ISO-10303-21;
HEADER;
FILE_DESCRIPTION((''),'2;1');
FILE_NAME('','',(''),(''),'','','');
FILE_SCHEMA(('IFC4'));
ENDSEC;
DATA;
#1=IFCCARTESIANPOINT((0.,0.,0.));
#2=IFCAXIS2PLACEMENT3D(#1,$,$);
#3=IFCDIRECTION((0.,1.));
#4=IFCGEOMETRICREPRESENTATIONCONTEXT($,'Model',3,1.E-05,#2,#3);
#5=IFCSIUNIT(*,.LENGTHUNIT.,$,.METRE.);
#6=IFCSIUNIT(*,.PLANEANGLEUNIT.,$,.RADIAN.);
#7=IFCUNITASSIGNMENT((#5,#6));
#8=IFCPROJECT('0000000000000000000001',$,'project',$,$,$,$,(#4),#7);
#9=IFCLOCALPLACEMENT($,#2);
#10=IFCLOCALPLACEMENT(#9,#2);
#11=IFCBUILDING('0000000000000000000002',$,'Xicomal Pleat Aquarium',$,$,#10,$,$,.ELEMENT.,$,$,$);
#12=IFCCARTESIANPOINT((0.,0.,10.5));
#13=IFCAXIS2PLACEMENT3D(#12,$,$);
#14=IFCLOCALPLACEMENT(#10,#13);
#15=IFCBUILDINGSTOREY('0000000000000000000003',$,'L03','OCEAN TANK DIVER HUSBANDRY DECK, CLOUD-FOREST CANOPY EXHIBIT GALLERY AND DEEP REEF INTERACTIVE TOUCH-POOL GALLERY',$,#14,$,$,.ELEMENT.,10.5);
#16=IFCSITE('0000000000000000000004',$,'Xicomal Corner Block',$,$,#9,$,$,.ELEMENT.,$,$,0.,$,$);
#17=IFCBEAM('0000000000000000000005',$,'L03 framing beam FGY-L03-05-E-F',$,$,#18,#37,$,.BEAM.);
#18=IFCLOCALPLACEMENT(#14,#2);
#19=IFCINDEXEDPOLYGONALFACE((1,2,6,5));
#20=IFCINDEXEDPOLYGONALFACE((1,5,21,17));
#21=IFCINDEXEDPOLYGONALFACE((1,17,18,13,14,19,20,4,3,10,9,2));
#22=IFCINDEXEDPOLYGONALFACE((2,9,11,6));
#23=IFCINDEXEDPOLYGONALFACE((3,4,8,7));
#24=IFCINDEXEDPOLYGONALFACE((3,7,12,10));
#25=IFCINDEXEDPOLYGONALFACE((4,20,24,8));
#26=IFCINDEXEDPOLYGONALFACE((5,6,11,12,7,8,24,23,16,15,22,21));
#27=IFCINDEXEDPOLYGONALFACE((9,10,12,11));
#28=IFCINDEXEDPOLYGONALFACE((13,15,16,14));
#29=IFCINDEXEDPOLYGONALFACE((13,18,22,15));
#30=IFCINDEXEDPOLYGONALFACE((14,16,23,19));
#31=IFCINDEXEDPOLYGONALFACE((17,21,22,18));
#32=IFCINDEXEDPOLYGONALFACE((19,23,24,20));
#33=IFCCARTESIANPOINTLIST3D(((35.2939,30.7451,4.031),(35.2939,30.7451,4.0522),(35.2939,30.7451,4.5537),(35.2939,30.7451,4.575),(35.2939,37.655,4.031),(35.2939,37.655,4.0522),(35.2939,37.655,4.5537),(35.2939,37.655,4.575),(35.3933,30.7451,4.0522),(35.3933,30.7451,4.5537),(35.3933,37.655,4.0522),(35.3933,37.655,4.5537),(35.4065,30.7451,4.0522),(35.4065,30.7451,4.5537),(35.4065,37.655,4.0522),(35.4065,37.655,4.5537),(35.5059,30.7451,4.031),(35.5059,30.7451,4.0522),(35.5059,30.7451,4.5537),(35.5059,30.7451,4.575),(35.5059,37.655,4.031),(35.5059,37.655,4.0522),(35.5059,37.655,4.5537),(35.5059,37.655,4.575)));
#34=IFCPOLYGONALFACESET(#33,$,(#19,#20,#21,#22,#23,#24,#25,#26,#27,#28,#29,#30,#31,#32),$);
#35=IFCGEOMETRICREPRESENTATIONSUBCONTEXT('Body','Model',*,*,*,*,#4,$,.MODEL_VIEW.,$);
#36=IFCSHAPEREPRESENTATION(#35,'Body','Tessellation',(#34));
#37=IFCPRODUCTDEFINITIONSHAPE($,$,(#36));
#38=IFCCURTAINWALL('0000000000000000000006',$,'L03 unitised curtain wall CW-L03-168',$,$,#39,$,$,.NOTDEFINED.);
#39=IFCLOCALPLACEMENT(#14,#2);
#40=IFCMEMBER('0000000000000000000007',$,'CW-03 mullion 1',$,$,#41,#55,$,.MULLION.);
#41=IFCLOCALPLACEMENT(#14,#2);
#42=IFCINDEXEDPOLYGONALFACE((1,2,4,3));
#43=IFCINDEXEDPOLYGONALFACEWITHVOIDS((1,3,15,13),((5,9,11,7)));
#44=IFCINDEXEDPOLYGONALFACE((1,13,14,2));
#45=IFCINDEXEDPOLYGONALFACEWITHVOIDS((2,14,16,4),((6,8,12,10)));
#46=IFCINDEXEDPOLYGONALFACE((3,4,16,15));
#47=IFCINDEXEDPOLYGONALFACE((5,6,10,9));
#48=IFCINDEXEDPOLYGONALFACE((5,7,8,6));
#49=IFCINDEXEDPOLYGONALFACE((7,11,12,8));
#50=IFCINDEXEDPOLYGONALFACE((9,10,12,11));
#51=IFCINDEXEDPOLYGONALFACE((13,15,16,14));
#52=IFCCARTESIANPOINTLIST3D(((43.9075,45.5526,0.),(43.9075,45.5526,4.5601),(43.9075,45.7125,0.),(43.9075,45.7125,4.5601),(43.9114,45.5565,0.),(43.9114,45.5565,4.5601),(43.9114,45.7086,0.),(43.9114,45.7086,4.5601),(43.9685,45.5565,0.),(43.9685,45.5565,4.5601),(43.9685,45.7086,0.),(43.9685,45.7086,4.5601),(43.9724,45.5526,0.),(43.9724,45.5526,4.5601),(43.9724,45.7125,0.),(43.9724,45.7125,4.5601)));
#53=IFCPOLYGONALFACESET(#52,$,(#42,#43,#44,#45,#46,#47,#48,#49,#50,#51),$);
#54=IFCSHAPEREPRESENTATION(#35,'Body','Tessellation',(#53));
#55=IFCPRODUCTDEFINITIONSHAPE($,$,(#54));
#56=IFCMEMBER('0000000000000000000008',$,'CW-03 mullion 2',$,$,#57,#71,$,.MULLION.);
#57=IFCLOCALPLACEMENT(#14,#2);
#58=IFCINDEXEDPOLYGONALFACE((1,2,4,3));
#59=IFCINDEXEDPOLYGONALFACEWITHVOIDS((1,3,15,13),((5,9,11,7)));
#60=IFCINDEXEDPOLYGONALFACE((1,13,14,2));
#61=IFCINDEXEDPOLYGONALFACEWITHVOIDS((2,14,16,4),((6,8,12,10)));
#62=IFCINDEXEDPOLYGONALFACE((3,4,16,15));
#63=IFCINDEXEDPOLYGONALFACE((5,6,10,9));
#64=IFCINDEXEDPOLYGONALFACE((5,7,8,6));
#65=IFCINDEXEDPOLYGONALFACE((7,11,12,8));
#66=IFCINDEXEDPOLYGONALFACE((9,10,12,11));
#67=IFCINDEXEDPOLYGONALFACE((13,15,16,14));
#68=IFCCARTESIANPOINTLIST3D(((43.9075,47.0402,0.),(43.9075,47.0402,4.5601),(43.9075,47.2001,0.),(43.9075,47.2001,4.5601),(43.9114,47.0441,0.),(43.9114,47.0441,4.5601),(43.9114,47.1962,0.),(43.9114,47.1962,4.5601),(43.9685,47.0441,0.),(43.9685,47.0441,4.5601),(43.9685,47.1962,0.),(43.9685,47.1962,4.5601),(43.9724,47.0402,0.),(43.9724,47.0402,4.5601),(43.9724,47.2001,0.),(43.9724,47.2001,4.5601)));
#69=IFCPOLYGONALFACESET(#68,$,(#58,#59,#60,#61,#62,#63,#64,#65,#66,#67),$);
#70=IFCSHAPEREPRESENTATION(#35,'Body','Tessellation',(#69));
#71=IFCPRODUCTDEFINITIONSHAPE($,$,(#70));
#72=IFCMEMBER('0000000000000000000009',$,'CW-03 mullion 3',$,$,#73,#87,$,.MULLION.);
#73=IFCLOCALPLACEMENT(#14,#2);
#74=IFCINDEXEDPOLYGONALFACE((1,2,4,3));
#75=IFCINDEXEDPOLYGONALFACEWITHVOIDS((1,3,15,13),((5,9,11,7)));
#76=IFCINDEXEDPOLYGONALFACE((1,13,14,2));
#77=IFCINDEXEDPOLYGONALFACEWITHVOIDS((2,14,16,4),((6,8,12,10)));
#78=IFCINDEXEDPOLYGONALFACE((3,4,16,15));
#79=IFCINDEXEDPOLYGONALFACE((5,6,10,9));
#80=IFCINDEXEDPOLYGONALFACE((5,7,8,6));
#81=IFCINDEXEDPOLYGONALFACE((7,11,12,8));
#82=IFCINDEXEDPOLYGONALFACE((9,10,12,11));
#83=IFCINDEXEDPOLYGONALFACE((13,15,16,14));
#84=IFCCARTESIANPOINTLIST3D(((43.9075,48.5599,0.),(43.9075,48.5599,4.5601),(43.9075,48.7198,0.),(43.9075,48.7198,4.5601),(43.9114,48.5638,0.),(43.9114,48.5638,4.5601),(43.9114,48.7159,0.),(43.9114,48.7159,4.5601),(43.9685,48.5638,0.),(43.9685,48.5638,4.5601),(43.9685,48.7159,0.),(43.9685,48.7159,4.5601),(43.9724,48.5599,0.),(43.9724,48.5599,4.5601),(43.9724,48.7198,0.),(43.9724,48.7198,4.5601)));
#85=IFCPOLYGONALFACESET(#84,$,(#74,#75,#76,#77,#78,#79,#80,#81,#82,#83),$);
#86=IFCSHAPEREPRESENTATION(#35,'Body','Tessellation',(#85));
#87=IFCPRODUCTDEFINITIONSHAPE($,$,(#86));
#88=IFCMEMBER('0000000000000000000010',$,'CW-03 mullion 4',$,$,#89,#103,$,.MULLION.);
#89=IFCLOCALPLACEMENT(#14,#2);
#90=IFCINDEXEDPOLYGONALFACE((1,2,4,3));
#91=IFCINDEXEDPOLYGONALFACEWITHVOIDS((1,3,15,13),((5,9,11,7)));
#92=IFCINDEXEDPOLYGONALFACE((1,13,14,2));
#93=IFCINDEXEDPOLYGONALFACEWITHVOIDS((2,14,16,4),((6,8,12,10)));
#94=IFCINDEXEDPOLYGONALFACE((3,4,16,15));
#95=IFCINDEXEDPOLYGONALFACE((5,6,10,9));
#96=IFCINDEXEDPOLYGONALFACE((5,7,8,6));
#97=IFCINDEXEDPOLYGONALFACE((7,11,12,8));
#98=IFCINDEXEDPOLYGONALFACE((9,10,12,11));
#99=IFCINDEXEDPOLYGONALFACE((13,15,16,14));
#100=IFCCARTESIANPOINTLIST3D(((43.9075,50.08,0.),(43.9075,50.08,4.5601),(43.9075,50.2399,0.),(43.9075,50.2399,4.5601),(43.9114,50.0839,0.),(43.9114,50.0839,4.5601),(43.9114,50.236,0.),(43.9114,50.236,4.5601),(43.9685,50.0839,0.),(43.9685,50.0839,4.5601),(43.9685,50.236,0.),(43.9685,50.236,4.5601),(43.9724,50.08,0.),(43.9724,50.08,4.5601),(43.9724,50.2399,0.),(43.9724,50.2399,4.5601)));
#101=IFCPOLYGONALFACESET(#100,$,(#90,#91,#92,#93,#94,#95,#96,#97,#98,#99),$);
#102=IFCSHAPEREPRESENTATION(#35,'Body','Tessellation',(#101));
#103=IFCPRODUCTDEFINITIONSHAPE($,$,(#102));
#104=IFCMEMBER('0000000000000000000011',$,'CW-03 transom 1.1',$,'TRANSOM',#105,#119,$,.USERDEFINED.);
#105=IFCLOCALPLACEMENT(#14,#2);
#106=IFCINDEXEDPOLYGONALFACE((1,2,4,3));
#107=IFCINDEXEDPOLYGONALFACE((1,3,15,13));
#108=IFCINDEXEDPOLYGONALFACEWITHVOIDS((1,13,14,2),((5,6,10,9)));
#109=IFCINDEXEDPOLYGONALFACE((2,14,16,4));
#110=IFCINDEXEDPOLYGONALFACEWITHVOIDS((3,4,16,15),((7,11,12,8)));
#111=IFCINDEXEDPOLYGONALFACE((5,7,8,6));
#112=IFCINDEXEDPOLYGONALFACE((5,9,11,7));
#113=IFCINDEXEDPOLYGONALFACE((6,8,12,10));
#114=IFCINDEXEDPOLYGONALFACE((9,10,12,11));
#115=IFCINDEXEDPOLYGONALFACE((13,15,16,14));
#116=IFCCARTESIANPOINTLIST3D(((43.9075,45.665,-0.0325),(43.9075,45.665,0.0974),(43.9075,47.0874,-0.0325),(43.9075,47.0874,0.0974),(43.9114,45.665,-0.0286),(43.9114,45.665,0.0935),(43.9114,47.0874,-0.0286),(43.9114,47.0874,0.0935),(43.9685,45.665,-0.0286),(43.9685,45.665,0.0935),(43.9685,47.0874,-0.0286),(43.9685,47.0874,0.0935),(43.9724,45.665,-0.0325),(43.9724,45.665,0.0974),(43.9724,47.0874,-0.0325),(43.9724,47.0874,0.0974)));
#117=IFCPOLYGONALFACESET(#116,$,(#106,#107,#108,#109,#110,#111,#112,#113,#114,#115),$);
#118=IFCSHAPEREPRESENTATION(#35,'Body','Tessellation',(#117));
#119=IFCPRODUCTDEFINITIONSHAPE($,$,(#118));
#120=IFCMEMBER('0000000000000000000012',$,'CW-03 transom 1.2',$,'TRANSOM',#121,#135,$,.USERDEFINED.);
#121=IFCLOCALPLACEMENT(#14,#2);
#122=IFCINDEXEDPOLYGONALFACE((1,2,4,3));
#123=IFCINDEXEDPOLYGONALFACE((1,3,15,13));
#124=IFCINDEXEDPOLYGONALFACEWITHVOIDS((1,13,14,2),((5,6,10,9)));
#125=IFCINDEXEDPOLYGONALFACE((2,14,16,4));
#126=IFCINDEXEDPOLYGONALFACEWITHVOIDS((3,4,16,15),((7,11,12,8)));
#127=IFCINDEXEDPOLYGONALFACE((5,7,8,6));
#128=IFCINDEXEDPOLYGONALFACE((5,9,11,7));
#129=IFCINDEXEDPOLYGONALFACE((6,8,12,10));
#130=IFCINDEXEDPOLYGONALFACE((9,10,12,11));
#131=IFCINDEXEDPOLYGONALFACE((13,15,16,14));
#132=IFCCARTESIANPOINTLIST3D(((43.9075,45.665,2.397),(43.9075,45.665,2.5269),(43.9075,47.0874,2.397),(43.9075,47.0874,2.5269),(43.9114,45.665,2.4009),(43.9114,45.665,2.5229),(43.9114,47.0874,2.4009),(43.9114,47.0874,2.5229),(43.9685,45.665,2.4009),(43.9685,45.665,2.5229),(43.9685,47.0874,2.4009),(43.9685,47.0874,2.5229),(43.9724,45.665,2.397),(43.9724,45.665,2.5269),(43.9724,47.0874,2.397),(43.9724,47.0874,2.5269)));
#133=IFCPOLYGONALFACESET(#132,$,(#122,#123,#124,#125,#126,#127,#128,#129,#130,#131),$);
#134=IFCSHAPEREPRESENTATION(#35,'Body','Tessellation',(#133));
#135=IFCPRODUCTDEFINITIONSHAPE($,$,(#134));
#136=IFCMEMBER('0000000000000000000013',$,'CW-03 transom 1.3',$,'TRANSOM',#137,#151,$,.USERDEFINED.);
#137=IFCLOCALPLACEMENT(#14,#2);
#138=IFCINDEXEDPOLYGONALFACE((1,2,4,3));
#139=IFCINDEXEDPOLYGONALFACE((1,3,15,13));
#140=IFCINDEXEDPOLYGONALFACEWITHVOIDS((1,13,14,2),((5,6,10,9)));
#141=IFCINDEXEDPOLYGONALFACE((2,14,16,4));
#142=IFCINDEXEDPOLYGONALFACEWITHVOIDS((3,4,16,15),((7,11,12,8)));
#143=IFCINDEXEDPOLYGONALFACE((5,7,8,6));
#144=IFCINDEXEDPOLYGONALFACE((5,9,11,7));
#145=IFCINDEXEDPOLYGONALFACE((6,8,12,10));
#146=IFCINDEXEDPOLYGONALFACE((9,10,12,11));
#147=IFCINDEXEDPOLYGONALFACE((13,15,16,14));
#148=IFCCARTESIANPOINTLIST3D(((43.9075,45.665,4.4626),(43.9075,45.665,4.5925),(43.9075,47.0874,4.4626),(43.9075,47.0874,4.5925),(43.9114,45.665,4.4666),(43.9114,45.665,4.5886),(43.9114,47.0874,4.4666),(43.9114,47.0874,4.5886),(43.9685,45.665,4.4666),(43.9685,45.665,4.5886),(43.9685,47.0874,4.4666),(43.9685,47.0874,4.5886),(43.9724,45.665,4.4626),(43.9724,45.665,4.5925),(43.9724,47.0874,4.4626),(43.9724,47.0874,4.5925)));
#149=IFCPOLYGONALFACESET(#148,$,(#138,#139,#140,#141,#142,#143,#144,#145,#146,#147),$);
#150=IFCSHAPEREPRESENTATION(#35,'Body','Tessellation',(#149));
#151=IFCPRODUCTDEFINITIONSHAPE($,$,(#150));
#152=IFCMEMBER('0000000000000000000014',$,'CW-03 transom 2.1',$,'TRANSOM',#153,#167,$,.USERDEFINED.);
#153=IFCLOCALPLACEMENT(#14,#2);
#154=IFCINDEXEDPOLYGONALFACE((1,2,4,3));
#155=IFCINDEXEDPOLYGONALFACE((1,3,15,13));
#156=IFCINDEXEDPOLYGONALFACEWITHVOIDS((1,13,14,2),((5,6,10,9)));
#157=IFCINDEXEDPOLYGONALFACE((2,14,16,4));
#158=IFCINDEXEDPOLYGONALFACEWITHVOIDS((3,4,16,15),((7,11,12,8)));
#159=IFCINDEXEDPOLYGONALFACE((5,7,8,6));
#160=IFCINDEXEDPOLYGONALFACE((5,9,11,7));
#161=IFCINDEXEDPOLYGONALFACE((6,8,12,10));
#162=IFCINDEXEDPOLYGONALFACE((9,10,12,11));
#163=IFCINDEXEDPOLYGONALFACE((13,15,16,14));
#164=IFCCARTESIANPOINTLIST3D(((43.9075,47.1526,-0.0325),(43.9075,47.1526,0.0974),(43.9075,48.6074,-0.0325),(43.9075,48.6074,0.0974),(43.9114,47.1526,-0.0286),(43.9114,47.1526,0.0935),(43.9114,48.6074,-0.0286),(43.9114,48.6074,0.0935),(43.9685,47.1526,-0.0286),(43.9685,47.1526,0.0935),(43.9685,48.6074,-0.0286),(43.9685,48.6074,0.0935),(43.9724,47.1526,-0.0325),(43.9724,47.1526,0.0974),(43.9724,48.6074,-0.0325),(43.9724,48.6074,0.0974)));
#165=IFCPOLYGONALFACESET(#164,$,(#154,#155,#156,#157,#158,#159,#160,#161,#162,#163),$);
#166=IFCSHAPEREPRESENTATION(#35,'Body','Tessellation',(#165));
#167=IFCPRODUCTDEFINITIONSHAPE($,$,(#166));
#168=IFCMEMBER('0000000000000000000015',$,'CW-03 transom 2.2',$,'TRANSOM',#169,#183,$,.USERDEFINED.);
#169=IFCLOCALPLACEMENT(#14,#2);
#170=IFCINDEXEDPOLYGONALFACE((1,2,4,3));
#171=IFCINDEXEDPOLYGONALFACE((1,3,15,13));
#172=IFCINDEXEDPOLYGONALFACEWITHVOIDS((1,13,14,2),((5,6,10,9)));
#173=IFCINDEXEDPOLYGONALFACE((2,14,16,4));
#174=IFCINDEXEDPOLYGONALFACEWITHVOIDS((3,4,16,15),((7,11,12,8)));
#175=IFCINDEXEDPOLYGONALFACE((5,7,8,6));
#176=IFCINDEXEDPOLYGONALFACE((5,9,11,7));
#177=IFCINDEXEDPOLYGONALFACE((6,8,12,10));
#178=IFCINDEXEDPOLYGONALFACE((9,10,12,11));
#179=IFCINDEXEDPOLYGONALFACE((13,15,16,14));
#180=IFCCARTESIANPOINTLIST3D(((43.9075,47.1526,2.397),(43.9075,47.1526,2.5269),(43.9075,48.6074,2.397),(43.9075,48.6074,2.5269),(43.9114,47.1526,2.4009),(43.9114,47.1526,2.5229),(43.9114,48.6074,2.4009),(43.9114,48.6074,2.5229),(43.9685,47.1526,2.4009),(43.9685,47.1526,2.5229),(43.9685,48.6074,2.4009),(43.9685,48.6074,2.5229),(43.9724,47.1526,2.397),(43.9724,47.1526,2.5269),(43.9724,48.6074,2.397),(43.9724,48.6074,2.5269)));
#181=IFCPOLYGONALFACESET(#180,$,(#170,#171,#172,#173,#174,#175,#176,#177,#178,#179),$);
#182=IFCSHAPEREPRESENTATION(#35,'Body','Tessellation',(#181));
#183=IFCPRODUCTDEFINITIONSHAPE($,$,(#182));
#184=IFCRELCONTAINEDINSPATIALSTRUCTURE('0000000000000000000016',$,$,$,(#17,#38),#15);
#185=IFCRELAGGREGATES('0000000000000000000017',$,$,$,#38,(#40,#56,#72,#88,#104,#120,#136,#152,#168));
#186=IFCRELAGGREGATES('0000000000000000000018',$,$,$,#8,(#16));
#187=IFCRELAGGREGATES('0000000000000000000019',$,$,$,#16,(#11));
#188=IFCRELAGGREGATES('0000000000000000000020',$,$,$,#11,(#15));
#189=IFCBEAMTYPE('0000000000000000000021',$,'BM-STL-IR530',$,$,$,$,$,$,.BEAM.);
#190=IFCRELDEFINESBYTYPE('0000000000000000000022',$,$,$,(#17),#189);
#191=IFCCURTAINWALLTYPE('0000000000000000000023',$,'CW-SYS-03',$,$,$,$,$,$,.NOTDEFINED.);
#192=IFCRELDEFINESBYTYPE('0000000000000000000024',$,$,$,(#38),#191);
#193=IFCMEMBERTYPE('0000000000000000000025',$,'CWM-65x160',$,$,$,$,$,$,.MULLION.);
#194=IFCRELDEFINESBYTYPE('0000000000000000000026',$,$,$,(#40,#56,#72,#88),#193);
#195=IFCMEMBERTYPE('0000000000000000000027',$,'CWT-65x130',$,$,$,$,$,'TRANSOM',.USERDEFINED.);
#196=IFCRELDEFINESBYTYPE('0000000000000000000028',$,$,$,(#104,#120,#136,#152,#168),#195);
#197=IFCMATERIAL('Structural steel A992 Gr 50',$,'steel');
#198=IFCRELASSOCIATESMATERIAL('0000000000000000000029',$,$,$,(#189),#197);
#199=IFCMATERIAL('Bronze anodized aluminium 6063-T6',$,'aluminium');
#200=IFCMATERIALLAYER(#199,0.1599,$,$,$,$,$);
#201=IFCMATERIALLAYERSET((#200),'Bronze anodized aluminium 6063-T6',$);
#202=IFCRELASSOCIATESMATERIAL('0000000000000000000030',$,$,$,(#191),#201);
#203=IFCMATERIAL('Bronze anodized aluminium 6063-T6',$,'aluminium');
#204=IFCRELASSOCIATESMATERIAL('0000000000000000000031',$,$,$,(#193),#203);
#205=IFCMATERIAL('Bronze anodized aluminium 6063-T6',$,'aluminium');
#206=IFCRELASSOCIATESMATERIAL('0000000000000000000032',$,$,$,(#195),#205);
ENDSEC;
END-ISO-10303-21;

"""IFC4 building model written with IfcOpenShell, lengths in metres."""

from ifc_helpers import new_model, si_unit, direction, frame, origin, origin_2d, place, context, subcontext, project, spatial, hollow_rectangle, i_section, extrude, material, layer, layer_set, material_profile, profile_set, type_object, element, aggregate, save


model = new_model("IFC4")

# Units and contexts
model_context = context("Model", 3, precision=1e-05, world=origin(), true_north=direction((0.0, 1.0)))
body_context = subcontext(model_context, "Body", "Model", "MODEL_VIEW")
ifc_project = project(units=[si_unit("LENGTHUNIT", "METRE"), si_unit("PLANEANGLEUNIT", "RADIAN")], contexts=[model_context])

# Site, building, storey
site_placement = place(None, origin())
site = spatial("IfcSite", under=ifc_project, at=site_placement, Name="Xicomal Corner Block", CompositionType="ELEMENT", RefElevation=0.0)
building_placement = place(site_placement, origin())
building = spatial("IfcBuilding", under=site, at=building_placement, Name="Xicomal Pleat Aquarium", CompositionType="ELEMENT")
storey_placement = place(building_placement, frame((0.0, 0.0, 10.5)))
storey = spatial("IfcBuildingStorey", under=building, at=storey_placement, Name="L03", Description="OCEAN TANK DIVER HUSBANDRY DECK, CLOUD-FOREST CANOPY EXHIBIT GALLERY AND DEEP REEF INTERACTIVE TOUCH-POOL GALLERY", CompositionType="ELEMENT", Elevation=10.5)

# Beam
ifc_material_1 = material(Name="Structural steel A992 Gr 50", Category="steel")
ifc_material_profile_1 = material_profile(ifc_material_1, i_section(OverallWidth=0.2119, OverallDepth=0.5439, WebThickness=0.0132, FlangeThickness=0.0212, at=origin_2d()), Name="IR 530x123")
ifc_profile_set_1 = profile_set([ifc_material_profile_1], Name="Structural steel A992 Gr 50")
beam_type = type_object("IfcBeamType", Name="BM-STL-IR530", PredefinedType="BEAM", material=ifc_profile_set_1)
beam_placement = place(storey_placement, frame((35.3999, 30.7451, 4.303), z_axis=(0.0, 1.0, 0.0), x_axis=(-1.0, 0.0, 0.0)))
element("IfcBeam", 1, at=beam_placement, inside=storey, type_object=beam_type, Name="L03 framing beam FGY-L03-05-E-F", PredefinedType="BEAM", context=body_context, shape_type="SweptSolid", body=[
    extrude(i_section(OverallWidth=0.2119, OverallDepth=0.5439, WebThickness=0.0132, FlangeThickness=0.0212, at=origin_2d()), origin(), (0.0, 0.0, 1.0), 6.9099),
])

# Curtain wall, members
ifc_material_2 = material(Name="Bronze anodized aluminium 6063-T6", Category="aluminium")
ifc_layer_1 = layer(ifc_material_2, 0.1599)
ifc_layer_set_1 = layer_set([ifc_layer_1], Name="Bronze anodized aluminium 6063-T6")
curtain_wall_type = type_object("IfcCurtainWallType", Name="CW-SYS-03", PredefinedType="NOTDEFINED", material=ifc_layer_set_1)
curtain_wall_placement = place(storey_placement, origin())
curtain_wall = element("IfcCurtainWall", 2, at=curtain_wall_placement, inside=storey, type_object=curtain_wall_type, Name="L03 unitised curtain wall CW-L03-168", PredefinedType="NOTDEFINED")
ifc_material_3 = material(Name="Bronze anodized aluminium 6063-T6", Category="aluminium")
ifc_material_profile_2 = material_profile(ifc_material_3, hollow_rectangle(XDim=0.0649, YDim=0.1599, WallThickness=0.0039, at=origin_2d()), Name="ALU MULL 65x160")
ifc_profile_set_2 = profile_set([ifc_material_profile_2], Name="Bronze anodized aluminium 6063-T6")
member_type_1 = type_object("IfcMemberType", Name="CWM-65x160", PredefinedType="MULLION", material=ifc_profile_set_2)
member_1_placement = place(storey_placement, frame((43.9399, 45.6326, 0.0), z_axis=(0.0, 0.0, 1.0), x_axis=(-1.0, 0.0, 0.0)))
member_1 = element("IfcMember", 3, at=member_1_placement, type_object=member_type_1, Name="CW-03 mullion 1", PredefinedType="MULLION", context=body_context, shape_type="SweptSolid", body=[
    extrude(hollow_rectangle(XDim=0.0649, YDim=0.1599, WallThickness=0.0039, at=origin_2d()), origin(), (0.0, 0.0, 1.0), 4.5601),
])
member_2_placement = place(storey_placement, frame((43.9399, 47.1201, 0.0), z_axis=(0.0, 0.0, 1.0), x_axis=(-1.0, 0.0, 0.0)))
member_2 = element("IfcMember", 4, at=member_2_placement, type_object=member_type_1, Name="CW-03 mullion 2", PredefinedType="MULLION", context=body_context, shape_type="SweptSolid", body=[
    extrude(hollow_rectangle(XDim=0.0649, YDim=0.1599, WallThickness=0.0039, at=origin_2d()), origin(), (0.0, 0.0, 1.0), 4.5601),
])
member_3_placement = place(storey_placement, frame((43.9399, 48.6399, 0.0), z_axis=(0.0, 0.0, 1.0), x_axis=(-1.0, 0.0, 0.0)))
member_3 = element("IfcMember", 5, at=member_3_placement, type_object=member_type_1, Name="CW-03 mullion 3", PredefinedType="MULLION", context=body_context, shape_type="SweptSolid", body=[
    extrude(hollow_rectangle(XDim=0.0649, YDim=0.1599, WallThickness=0.0039, at=origin_2d()), origin(), (0.0, 0.0, 1.0), 4.5601),
])
member_4_placement = place(storey_placement, frame((43.9399, 50.1599, 0.0), z_axis=(0.0, 0.0, 1.0), x_axis=(-1.0, 0.0, 0.0)))
member_4 = element("IfcMember", 6, at=member_4_placement, type_object=member_type_1, Name="CW-03 mullion 4", PredefinedType="MULLION", context=body_context, shape_type="SweptSolid", body=[
    extrude(hollow_rectangle(XDim=0.0649, YDim=0.1599, WallThickness=0.0039, at=origin_2d()), origin(), (0.0, 0.0, 1.0), 4.5601),
])
ifc_material_4 = material(Name="Bronze anodized aluminium 6063-T6", Category="aluminium")
ifc_material_profile_3 = material_profile(ifc_material_4, hollow_rectangle(XDim=0.0649, YDim=0.1299, WallThickness=0.0039, at=origin_2d()), Name="ALU TRAN 65x130")
ifc_profile_set_3 = profile_set([ifc_material_profile_3], Name="Bronze anodized aluminium 6063-T6")
member_type_2 = type_object("IfcMemberType", Name="CWT-65x130", ElementType="TRANSOM", PredefinedType="USERDEFINED", material=ifc_profile_set_3)
member_5_placement = place(storey_placement, frame((43.9399, 45.665, 0.0325), z_axis=(0.0, 1.0, 0.0), x_axis=(-1.0, 0.0, 0.0)))
member_5 = element("IfcMember", 7, at=member_5_placement, type_object=member_type_2, Name="CW-03 transom 1.1", ObjectType="TRANSOM", PredefinedType="USERDEFINED", context=body_context, shape_type="SweptSolid", body=[
    extrude(hollow_rectangle(XDim=0.0649, YDim=0.1299, WallThickness=0.0039, at=origin_2d()), origin(), (0.0, 0.0, 1.0), 1.4224),
])
member_6_placement = place(storey_placement, frame((43.9399, 45.665, 2.4619), z_axis=(0.0, 1.0, 0.0), x_axis=(-1.0, 0.0, 0.0)))
member_6 = element("IfcMember", 8, at=member_6_placement, type_object=member_type_2, Name="CW-03 transom 1.2", ObjectType="TRANSOM", PredefinedType="USERDEFINED", context=body_context, shape_type="SweptSolid", body=[
    extrude(hollow_rectangle(XDim=0.0649, YDim=0.1299, WallThickness=0.0039, at=origin_2d()), origin(), (0.0, 0.0, 1.0), 1.4224),
])
member_7_placement = place(storey_placement, frame((43.9399, 45.665, 4.5276), z_axis=(0.0, 1.0, 0.0), x_axis=(-1.0, 0.0, 0.0)))
member_7 = element("IfcMember", 9, at=member_7_placement, type_object=member_type_2, Name="CW-03 transom 1.3", ObjectType="TRANSOM", PredefinedType="USERDEFINED", context=body_context, shape_type="SweptSolid", body=[
    extrude(hollow_rectangle(XDim=0.0649, YDim=0.1299, WallThickness=0.0039, at=origin_2d()), origin(), (0.0, 0.0, 1.0), 1.4224),
])
member_8_placement = place(storey_placement, frame((43.9399, 47.1526, 0.0325), z_axis=(0.0, 1.0, 0.0), x_axis=(-1.0, 0.0, 0.0)))
member_8 = element("IfcMember", 10, at=member_8_placement, type_object=member_type_2, Name="CW-03 transom 2.1", ObjectType="TRANSOM", PredefinedType="USERDEFINED", context=body_context, shape_type="SweptSolid", body=[
    extrude(hollow_rectangle(XDim=0.0649, YDim=0.1299, WallThickness=0.0039, at=origin_2d()), origin(), (0.0, 0.0, 1.0), 1.4548),
])
member_9_placement = place(storey_placement, frame((43.9399, 47.1526, 2.4619), z_axis=(0.0, 1.0, 0.0), x_axis=(-1.0, 0.0, 0.0)))
member_9 = element("IfcMember", 11, at=member_9_placement, type_object=member_type_2, Name="CW-03 transom 2.2", ObjectType="TRANSOM", PredefinedType="USERDEFINED", context=body_context, shape_type="SweptSolid", body=[
    extrude(hollow_rectangle(XDim=0.0649, YDim=0.1299, WallThickness=0.0039, at=origin_2d()), origin(), (0.0, 0.0, 1.0), 1.4548),
])
aggregate(curtain_wall, [member_1, member_2, member_3, member_4, member_5, member_6, member_7, member_8, member_9])

save(model, "model.ifc")
